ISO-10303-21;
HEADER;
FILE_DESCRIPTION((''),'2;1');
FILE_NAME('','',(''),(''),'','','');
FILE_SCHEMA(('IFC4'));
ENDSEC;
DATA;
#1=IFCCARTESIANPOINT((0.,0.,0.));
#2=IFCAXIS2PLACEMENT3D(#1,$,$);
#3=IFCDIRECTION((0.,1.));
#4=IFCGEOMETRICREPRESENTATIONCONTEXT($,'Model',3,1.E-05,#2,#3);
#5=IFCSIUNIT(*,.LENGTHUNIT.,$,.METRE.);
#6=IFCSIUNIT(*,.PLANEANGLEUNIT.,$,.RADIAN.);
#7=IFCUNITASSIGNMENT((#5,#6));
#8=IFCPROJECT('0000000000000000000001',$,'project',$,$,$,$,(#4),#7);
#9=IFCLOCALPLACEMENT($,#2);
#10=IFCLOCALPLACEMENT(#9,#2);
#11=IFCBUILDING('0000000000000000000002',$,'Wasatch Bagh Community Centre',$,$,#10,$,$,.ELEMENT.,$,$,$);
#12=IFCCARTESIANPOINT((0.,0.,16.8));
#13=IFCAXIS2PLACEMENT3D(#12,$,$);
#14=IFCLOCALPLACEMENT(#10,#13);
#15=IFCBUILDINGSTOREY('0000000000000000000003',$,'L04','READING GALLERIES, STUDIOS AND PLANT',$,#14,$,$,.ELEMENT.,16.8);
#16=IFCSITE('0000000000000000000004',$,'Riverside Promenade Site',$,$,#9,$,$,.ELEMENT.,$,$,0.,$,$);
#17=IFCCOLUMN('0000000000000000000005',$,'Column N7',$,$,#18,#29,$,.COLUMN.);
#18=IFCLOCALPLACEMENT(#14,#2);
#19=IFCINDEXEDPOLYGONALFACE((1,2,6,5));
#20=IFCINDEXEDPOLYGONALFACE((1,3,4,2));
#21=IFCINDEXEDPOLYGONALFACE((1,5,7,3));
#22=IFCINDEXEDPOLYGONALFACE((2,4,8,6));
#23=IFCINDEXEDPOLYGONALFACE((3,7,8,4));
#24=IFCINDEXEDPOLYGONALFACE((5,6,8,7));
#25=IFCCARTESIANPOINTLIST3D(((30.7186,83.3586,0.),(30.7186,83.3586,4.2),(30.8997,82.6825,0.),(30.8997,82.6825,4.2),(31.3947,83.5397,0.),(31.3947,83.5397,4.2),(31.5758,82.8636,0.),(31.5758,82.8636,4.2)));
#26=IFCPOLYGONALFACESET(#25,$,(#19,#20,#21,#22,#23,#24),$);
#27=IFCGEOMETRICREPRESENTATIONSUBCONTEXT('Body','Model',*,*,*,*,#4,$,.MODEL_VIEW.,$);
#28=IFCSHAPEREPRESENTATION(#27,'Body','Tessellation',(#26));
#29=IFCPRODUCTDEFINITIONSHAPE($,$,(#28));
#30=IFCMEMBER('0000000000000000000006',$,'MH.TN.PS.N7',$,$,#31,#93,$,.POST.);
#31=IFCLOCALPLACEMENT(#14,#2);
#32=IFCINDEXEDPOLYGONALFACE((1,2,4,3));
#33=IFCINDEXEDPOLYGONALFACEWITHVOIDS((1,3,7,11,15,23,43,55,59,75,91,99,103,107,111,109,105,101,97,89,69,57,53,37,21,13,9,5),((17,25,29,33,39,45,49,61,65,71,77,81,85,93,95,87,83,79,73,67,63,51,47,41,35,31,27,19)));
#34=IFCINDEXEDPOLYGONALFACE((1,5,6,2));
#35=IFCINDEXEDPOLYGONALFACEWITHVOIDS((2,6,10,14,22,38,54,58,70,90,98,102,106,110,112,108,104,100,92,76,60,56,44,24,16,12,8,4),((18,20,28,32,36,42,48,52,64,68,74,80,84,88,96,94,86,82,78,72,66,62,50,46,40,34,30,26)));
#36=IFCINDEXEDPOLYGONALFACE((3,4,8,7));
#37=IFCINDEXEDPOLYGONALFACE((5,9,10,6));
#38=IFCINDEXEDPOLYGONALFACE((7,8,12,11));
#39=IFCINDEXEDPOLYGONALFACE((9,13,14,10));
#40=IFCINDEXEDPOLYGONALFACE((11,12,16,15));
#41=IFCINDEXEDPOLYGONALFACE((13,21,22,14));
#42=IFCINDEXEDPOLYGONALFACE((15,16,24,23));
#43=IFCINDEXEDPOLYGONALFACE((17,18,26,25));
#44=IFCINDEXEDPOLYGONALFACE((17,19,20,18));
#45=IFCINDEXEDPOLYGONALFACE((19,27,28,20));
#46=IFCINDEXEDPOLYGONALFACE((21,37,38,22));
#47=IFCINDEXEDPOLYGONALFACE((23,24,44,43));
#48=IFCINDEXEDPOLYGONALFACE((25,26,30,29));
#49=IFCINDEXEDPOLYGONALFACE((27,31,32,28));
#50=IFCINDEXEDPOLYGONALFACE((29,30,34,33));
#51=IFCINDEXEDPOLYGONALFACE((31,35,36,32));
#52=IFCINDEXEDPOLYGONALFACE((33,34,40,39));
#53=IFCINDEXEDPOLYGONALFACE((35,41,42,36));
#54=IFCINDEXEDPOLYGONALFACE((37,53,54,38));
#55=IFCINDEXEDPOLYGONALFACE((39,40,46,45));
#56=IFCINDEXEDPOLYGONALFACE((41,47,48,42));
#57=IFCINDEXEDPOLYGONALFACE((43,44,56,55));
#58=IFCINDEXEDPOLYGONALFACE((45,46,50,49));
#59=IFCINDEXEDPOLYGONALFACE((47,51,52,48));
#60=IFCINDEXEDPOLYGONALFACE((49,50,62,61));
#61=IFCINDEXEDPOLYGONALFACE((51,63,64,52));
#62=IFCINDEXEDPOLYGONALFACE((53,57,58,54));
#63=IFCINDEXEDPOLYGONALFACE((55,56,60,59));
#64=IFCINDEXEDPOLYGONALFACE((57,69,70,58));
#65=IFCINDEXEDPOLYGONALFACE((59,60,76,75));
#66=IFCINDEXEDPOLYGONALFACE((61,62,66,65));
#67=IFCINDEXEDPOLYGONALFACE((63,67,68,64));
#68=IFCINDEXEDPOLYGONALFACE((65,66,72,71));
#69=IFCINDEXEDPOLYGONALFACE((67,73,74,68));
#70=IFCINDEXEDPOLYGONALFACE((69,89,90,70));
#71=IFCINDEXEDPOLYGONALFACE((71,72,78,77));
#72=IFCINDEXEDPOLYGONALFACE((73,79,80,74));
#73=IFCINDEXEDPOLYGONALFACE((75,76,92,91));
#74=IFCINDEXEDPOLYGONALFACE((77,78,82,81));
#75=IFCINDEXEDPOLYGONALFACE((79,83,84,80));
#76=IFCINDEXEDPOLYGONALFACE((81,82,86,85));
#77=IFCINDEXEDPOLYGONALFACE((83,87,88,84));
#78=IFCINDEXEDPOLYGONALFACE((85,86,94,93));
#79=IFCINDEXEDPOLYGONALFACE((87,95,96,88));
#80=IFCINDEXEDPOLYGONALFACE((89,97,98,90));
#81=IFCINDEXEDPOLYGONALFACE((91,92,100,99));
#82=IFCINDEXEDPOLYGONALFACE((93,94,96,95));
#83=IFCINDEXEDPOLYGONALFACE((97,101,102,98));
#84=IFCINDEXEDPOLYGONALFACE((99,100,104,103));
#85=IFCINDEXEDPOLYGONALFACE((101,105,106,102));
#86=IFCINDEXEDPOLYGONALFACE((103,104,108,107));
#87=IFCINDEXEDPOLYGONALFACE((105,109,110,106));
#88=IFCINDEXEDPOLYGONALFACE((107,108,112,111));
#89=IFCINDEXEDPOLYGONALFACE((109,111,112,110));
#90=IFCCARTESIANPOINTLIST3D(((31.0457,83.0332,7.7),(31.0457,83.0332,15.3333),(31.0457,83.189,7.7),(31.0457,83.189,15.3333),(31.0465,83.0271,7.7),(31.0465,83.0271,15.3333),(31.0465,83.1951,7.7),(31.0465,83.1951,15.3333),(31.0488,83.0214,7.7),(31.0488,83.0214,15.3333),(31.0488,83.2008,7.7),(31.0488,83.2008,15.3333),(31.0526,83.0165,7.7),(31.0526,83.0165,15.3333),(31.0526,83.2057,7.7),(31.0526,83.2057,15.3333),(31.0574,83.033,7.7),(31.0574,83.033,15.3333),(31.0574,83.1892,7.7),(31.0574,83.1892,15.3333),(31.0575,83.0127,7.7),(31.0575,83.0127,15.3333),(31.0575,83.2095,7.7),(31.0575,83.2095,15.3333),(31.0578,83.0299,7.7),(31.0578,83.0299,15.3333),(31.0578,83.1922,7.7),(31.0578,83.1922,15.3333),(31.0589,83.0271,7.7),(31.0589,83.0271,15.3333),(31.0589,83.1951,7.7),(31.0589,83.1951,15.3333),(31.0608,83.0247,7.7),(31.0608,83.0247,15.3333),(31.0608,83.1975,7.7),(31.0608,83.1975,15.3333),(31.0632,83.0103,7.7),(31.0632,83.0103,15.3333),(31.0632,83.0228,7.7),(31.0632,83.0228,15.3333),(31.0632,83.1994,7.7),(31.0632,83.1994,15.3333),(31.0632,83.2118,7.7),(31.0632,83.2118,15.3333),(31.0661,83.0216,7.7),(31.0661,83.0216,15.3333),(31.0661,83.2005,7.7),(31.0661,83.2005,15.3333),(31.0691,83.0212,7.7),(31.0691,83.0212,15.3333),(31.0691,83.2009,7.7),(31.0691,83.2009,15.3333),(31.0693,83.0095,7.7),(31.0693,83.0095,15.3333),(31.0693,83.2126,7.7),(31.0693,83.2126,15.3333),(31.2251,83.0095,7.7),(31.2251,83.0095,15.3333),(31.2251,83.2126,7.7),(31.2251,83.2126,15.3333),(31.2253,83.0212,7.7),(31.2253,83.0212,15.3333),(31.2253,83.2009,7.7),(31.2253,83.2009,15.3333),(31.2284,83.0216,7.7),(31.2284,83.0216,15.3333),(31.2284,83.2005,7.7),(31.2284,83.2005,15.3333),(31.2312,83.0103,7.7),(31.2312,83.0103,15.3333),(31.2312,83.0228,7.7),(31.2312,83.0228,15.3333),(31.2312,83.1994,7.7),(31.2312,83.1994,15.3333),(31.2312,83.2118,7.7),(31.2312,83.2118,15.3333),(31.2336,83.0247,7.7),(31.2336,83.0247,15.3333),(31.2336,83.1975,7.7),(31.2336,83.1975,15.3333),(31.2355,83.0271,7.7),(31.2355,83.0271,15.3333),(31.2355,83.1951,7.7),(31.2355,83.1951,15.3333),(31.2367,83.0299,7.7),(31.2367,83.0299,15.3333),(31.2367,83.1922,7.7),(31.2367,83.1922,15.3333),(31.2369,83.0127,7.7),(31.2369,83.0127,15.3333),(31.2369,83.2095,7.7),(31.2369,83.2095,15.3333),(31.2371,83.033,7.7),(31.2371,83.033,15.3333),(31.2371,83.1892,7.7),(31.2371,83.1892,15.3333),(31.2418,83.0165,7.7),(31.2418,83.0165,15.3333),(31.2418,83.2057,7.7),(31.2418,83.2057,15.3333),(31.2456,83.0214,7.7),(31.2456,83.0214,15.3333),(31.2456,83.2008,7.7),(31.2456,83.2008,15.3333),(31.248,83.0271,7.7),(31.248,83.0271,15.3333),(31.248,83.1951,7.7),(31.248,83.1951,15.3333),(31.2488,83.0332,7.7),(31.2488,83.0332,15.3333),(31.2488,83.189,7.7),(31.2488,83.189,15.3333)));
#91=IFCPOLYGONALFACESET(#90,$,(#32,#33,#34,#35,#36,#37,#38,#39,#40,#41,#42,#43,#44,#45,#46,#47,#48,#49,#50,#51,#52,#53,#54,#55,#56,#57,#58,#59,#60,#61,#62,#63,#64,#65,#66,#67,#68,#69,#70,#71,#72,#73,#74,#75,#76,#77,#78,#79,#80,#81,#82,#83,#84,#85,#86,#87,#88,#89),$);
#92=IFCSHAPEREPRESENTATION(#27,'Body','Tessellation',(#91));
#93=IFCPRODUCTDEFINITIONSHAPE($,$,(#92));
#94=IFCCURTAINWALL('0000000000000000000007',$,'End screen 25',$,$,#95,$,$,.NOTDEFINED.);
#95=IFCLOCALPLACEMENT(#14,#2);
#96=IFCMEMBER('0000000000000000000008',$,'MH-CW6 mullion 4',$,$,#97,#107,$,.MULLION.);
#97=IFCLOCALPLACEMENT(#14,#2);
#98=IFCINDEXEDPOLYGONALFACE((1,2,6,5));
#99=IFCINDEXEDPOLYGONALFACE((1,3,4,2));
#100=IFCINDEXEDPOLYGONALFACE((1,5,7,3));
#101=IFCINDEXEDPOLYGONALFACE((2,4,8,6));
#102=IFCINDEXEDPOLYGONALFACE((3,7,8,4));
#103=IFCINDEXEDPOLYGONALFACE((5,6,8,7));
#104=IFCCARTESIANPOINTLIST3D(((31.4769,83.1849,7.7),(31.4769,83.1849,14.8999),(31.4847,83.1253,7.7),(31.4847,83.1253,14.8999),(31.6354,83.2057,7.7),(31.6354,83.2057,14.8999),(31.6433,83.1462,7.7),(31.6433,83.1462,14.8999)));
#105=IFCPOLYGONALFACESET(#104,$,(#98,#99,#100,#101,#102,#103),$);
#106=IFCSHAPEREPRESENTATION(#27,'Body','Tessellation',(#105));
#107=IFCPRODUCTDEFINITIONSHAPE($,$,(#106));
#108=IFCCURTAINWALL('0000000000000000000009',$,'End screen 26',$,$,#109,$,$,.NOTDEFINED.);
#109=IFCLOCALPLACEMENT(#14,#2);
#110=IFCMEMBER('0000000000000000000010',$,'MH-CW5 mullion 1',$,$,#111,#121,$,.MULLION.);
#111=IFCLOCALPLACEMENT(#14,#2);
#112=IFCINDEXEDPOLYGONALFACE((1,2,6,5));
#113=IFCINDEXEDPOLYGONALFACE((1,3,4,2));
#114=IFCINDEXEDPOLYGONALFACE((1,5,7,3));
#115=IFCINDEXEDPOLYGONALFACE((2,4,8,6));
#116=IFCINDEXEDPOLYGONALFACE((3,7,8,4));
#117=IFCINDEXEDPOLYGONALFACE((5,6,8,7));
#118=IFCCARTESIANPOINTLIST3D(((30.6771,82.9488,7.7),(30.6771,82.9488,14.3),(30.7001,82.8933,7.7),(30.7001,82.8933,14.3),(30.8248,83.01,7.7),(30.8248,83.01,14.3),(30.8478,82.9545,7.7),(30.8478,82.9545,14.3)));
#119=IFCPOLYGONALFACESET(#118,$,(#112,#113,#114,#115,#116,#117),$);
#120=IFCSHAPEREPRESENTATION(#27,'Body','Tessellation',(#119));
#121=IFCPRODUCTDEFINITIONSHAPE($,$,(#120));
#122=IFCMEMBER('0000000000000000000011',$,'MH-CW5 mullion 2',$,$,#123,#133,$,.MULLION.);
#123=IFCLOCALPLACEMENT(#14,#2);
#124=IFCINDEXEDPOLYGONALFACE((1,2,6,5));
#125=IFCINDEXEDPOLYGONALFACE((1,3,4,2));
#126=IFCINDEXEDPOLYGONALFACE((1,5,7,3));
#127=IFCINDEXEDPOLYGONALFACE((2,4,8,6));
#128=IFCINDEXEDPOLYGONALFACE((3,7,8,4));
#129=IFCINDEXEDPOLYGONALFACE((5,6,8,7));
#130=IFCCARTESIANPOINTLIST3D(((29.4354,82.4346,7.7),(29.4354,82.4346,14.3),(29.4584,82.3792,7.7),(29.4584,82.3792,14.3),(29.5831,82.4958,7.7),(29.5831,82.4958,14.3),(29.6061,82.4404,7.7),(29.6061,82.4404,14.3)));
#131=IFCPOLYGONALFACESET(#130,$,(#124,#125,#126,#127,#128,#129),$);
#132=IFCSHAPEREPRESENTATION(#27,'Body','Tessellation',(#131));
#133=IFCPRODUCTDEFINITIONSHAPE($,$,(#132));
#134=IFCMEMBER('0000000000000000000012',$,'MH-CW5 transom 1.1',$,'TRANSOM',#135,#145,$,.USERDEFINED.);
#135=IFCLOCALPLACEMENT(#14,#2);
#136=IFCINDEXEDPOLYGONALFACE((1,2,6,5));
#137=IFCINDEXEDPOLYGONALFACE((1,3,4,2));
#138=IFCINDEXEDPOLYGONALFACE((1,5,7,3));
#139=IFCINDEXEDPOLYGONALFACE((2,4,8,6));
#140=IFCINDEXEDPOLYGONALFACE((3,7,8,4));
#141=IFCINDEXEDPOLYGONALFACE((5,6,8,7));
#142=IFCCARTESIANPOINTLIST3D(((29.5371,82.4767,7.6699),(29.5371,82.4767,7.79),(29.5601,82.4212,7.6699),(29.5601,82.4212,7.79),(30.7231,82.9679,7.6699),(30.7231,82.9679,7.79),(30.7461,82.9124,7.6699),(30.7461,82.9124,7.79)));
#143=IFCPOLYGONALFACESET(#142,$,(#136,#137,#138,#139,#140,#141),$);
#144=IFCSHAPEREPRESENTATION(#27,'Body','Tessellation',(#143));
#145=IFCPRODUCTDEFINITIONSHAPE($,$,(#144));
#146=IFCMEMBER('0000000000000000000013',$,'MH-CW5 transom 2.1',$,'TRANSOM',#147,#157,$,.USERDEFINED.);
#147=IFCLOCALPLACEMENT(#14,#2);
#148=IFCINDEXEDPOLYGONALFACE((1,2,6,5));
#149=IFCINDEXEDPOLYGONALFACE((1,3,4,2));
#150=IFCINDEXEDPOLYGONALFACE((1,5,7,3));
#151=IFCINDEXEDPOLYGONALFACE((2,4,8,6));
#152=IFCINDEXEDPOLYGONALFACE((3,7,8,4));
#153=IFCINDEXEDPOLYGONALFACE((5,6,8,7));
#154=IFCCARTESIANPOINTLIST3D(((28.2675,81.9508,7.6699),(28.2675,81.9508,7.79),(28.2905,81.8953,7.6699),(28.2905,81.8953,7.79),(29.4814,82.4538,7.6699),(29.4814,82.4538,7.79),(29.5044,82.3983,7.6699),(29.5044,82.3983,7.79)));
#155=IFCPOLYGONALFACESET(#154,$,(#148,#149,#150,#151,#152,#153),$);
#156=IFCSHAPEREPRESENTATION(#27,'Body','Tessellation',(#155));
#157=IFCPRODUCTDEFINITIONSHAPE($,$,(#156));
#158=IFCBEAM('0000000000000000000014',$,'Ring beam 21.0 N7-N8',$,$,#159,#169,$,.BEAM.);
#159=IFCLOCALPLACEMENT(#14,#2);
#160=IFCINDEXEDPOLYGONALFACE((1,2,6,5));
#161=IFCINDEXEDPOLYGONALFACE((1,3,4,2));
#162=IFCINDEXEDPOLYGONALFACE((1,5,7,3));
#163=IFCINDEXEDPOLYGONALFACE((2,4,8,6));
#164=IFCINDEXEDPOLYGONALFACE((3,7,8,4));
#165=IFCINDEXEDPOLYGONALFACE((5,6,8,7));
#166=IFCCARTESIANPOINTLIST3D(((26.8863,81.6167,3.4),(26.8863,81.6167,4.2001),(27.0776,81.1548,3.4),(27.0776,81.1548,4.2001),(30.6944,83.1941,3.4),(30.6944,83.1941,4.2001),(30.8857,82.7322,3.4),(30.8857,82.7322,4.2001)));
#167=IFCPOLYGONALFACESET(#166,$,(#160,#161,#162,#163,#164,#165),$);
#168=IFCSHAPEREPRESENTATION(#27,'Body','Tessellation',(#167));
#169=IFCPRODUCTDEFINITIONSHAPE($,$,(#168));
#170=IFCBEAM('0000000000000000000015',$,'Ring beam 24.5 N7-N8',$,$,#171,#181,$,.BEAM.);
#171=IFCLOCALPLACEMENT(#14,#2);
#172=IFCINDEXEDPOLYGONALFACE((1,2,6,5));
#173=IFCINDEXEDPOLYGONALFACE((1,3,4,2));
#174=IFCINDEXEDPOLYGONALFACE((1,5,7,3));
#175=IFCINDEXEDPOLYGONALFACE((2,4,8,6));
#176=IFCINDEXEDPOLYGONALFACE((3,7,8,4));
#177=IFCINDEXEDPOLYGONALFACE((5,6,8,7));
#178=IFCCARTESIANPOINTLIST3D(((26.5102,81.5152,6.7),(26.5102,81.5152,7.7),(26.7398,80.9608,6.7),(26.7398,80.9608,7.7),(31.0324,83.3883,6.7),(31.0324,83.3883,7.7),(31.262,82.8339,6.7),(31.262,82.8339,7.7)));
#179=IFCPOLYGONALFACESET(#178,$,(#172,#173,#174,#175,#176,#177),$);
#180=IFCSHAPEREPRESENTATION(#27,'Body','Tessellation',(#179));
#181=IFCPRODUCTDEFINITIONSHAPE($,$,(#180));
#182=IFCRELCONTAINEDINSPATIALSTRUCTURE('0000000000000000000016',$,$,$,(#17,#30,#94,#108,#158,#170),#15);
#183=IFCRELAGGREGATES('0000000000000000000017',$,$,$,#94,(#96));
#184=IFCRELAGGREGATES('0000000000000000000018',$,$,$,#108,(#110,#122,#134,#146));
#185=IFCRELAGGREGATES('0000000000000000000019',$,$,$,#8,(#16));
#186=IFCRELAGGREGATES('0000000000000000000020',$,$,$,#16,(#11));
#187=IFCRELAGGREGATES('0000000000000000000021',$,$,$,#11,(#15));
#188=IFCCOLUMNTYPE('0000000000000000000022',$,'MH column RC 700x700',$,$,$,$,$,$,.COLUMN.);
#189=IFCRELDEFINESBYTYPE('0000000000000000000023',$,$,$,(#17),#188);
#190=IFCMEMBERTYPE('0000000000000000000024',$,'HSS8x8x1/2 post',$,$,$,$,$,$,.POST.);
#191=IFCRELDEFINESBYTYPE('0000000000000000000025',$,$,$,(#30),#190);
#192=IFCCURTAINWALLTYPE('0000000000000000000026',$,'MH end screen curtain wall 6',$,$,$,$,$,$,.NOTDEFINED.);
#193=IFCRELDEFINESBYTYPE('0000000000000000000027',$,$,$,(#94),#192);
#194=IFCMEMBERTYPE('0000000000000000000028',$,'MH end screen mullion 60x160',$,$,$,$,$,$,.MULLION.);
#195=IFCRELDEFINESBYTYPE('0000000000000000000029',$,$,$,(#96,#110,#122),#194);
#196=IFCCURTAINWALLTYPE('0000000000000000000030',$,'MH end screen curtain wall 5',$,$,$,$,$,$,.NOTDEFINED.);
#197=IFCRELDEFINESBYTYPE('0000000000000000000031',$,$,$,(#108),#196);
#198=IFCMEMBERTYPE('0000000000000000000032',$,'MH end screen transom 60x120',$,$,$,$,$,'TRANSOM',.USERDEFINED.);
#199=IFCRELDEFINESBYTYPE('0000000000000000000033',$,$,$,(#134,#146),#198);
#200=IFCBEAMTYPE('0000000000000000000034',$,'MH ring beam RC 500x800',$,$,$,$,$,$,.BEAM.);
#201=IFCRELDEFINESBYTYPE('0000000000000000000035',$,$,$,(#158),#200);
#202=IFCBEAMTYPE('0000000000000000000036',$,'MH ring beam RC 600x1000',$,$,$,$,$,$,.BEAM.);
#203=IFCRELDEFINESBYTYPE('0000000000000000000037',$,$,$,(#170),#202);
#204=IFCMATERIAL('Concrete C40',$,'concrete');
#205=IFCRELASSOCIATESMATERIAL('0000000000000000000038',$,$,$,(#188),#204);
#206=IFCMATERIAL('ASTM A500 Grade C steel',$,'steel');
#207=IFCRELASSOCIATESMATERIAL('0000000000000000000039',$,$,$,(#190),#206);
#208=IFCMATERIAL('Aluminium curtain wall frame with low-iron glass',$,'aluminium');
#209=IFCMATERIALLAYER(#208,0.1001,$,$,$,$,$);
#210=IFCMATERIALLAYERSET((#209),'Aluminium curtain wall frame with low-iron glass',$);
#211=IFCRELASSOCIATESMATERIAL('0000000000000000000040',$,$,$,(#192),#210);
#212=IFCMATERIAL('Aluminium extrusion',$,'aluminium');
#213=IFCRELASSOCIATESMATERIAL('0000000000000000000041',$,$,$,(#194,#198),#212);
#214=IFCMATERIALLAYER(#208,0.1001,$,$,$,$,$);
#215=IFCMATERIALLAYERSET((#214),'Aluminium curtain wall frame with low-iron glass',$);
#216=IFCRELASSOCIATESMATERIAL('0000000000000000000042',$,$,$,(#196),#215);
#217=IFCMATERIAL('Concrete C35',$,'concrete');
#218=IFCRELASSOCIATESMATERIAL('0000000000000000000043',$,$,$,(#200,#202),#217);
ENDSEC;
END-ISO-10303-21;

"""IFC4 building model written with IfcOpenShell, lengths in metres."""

from ifc_helpers import new_model, si_unit, direction, frame, origin, origin_2d, place, context, subcontext, project, spatial, rectangle, hollow_rectangle, extrude, material, layer, layer_set, material_profile, profile_set, type_object, element, aggregate, save


model = new_model("IFC4")

# Units and contexts
model_context = context("Model", 3, precision=1e-05, world=origin(), true_north=direction((0.0, 1.0)))
body_context = subcontext(model_context, "Body", "Model", "MODEL_VIEW")
ifc_project = project(units=[si_unit("LENGTHUNIT", "METRE"), si_unit("PLANEANGLEUNIT", "RADIAN")], contexts=[model_context])

# Site, building, storey
site_placement = place(None, origin())
site = spatial("IfcSite", under=ifc_project, at=site_placement, Name="Riverside Promenade Site", CompositionType="ELEMENT", RefElevation=0.0)
building_placement = place(site_placement, origin())
building = spatial("IfcBuilding", under=site, at=building_placement, Name="Wasatch Bagh Community Centre", CompositionType="ELEMENT")
storey_placement = place(building_placement, frame((0.0, 0.0, 16.8)))
storey = spatial("IfcBuildingStorey", under=building, at=storey_placement, Name="L04", Description="READING GALLERIES, STUDIOS AND PLANT", CompositionType="ELEMENT", Elevation=16.8)

# Column
ifc_material_1 = material(Name="Concrete C40", Category="concrete")
ifc_material_profile_1 = material_profile(ifc_material_1, rectangle(XDim=0.7, YDim=0.7, at=origin_2d()), Name="RC 700x700")
ifc_profile_set_1 = profile_set([ifc_material_profile_1], Name="Concrete C40")
column_type = type_object("IfcColumnType", Name="MH column RC 700x700", PredefinedType="COLUMN", material=ifc_profile_set_1)
column_placement = place(storey_placement, frame((31.1472, 83.1111, 0.0), z_axis=(0.0, 0.0, 1.0), x_axis=(0.965926, 0.258819, 0.0)))
element("IfcColumn", 1, at=column_placement, inside=storey, type_object=column_type, Name="Column N7", PredefinedType="COLUMN", context=body_context, shape_type="SweptSolid", body=[
    extrude(rectangle(XDim=0.7, YDim=0.7, at=origin_2d()), origin(), (0.0, 0.0, 1.0), 4.2),
])

# Member
ifc_material_2 = material(Name="ASTM A500 Grade C steel", Category="steel")
ifc_material_profile_2 = material_profile(ifc_material_2, hollow_rectangle(XDim=0.2031, YDim=0.2031, WallThickness=0.0117, InnerFilletRadius=0.0117, OuterFilletRadius=0.0237, at=origin_2d()), Name="HSS8x8x1/2")
ifc_profile_set_2 = profile_set([ifc_material_profile_2], Name="ASTM A500 Grade C steel")
member_type_1 = type_object("IfcMemberType", Name="HSS8x8x1/2 post", PredefinedType="POST", material=ifc_profile_set_2)
member_1_placement = place(storey_placement, frame((31.1472, 83.1111, 7.7), z_axis=(0.0, 0.0, 1.0), x_axis=(1.0, 0.0, 0.0)))
element("IfcMember", 2, at=member_1_placement, inside=storey, type_object=member_type_1, Name="MH.TN.PS.N7", PredefinedType="POST", context=body_context, shape_type="SweptSolid", body=[
    extrude(hollow_rectangle(XDim=0.2031, YDim=0.2031, WallThickness=0.0117, InnerFilletRadius=0.0117, OuterFilletRadius=0.0237, at=origin_2d()), origin(), (0.0, 0.0, 1.0), 7.6333),
])

# Curtain wall, member
ifc_material_3 = material(Name="Aluminium curtain wall frame with low-iron glass", Category="aluminium")
ifc_layer_1 = layer(ifc_material_3, 0.1001)
ifc_layer_set_1 = layer_set([ifc_layer_1], Name="Aluminium curtain wall frame with low-iron glass")
curtain_wall_type_1 = type_object("IfcCurtainWallType", Name="MH end screen curtain wall 6", PredefinedType="NOTDEFINED", material=ifc_layer_set_1)
curtain_wall_1_placement = place(storey_placement, origin())
curtain_wall_1 = element("IfcCurtainWall", 3, at=curtain_wall_1_placement, inside=storey, type_object=curtain_wall_type_1, Name="End screen 25", PredefinedType="NOTDEFINED")
ifc_material_4 = material(Name="Aluminium extrusion", Category="aluminium")
ifc_material_profile_3 = material_profile(ifc_material_4, rectangle(XDim=0.0601, YDim=0.1599, at=origin_2d()), Name="AL 60x160")
ifc_profile_set_3 = profile_set([ifc_material_profile_3], Name="Aluminium extrusion")
member_type_2 = type_object("IfcMemberType", Name="MH end screen mullion 60x160", PredefinedType="MULLION", material=ifc_profile_set_3)
member_2_placement = place(storey_placement, frame((31.5601, 83.1655, 7.7), z_axis=(0.0, 0.0, 1.0), x_axis=(0.130526, -0.991445, 0.0)))
member_2 = element("IfcMember", 4, at=member_2_placement, type_object=member_type_2, Name="MH-CW6 mullion 4", PredefinedType="MULLION", context=body_context, shape_type="SweptSolid", body=[
    extrude(rectangle(XDim=0.0601, YDim=0.1599, at=origin_2d()), origin(), (0.0, 0.0, 1.0), 7.2),
])

# Curtain wall, members
ifc_layer_2 = layer(ifc_material_3, 0.1001)
ifc_layer_set_2 = layer_set([ifc_layer_2], Name="Aluminium curtain wall frame with low-iron glass")
curtain_wall_type_2 = type_object("IfcCurtainWallType", Name="MH end screen curtain wall 5", PredefinedType="NOTDEFINED", material=ifc_layer_set_2)
curtain_wall_2_placement = place(storey_placement, origin())
curtain_wall_2 = element("IfcCurtainWall", 5, at=curtain_wall_2_placement, inside=storey, type_object=curtain_wall_type_2, Name="End screen 26", PredefinedType="NOTDEFINED")
member_3_placement = place(storey_placement, frame((30.7625, 82.9517, 7.7), z_axis=(0.0, 0.0, 1.0), x_axis=(0.382683, -0.92388, 0.0)))
member_3 = element("IfcMember", 6, at=member_3_placement, type_object=member_type_2, Name="MH-CW5 mullion 1", PredefinedType="MULLION", context=body_context, shape_type="SweptSolid", body=[
    extrude(rectangle(XDim=0.0601, YDim=0.1599, at=origin_2d()), origin(), (0.0, 0.0, 1.0), 6.6001),
])
member_4_placement = place(storey_placement, frame((29.5208, 82.4375, 7.7), z_axis=(0.0, 0.0, 1.0), x_axis=(0.382683, -0.92388, 0.0)))
member_4 = element("IfcMember", 7, at=member_4_placement, type_object=member_type_2, Name="MH-CW5 mullion 2", PredefinedType="MULLION", context=body_context, shape_type="SweptSolid", body=[
    extrude(rectangle(XDim=0.0601, YDim=0.1599, at=origin_2d()), origin(), (0.0, 0.0, 1.0), 6.6001),
])
ifc_material_profile_4 = material_profile(ifc_material_4, rectangle(XDim=0.0601, YDim=0.1201, at=origin_2d()), Name="AL 60x120")
ifc_profile_set_4 = profile_set([ifc_material_profile_4], Name="Aluminium extrusion")
member_type_3 = type_object("IfcMemberType", Name="MH end screen transom 60x120", ElementType="TRANSOM", PredefinedType="USERDEFINED", material=ifc_profile_set_4)
member_5_placement = place(storey_placement, frame((30.7346, 82.9402, 7.73), z_axis=(-0.923896, -0.382643, 0.0), x_axis=(0.382643, -0.923896, 0.0)))
member_5 = element("IfcMember", 8, at=member_5_placement, type_object=member_type_3, Name="MH-CW5 transom 1.1", ObjectType="TRANSOM", PredefinedType="USERDEFINED", context=body_context, shape_type="SweptSolid", body=[
    extrude(rectangle(XDim=0.0601, YDim=0.1201, at=origin_2d()), origin(), (0.0, 0.0, 1.0), 1.2837),
])
member_6_placement = place(storey_placement, frame((29.4929, 82.426, 7.73), z_axis=(-0.923845, -0.382768, 0.0), x_axis=(0.382768, -0.923845, 0.0)))
member_6 = element("IfcMember", 9, at=member_6_placement, type_object=member_type_3, Name="MH-CW5 transom 2.1", ObjectType="TRANSOM", PredefinedType="USERDEFINED", context=body_context, shape_type="SweptSolid", body=[
    extrude(rectangle(XDim=0.0601, YDim=0.1201, at=origin_2d()), origin(), (0.0, 0.0, 1.0), 1.314),
])

# Beams
ifc_material_5 = material(Name="Concrete C35", Category="concrete")
ifc_material_profile_5 = material_profile(ifc_material_5, rectangle(XDim=0.5, YDim=0.8, at=origin_2d()), Name="RC 500x800")
ifc_profile_set_5 = profile_set([ifc_material_profile_5], Name="Concrete C35")
beam_type_1 = type_object("IfcBeamType", Name="MH ring beam RC 500x800", PredefinedType="BEAM", material=ifc_profile_set_5)
beam_1_placement = place(storey_placement, frame((30.79, 82.9631, 3.8), z_axis=(-0.923878, -0.382688, 0.0), x_axis=(0.382688, -0.923878, 0.0)))
element("IfcBeam", 10, at=beam_1_placement, inside=storey, type_object=beam_type_1, Name="Ring beam 21.0 N7-N8", PredefinedType="BEAM", context=body_context, shape_type="SweptSolid", body=[
    extrude(rectangle(XDim=0.5, YDim=0.8, at=origin_2d()), origin(), (0.0, 0.0, 1.0), 4.1218),
])
ifc_material_profile_6 = material_profile(ifc_material_5, rectangle(XDim=0.6001, YDim=1.0, at=origin_2d()), Name="RC 600x1000")
ifc_profile_set_6 = profile_set([ifc_material_profile_6], Name="Concrete C35")
beam_type_2 = type_object("IfcBeamType", Name="MH ring beam RC 600x1000", PredefinedType="BEAM", material=ifc_profile_set_6)
beam_2_placement = place(storey_placement, frame((31.1472, 83.1111, 7.2), z_axis=(-0.923888, -0.382663, 0.0), x_axis=(0.382663, -0.923888, 0.0)))
element("IfcBeam", 11, at=beam_2_placement, inside=storey, type_object=beam_type_2, Name="Ring beam 24.5 N7-N8", PredefinedType="BEAM", context=body_context, shape_type="SweptSolid", body=[
    extrude(rectangle(XDim=0.6001, YDim=1.0, at=origin_2d()), origin(), (0.0, 0.0, 1.0), 4.8948),
])

aggregate(curtain_wall_1, [member_2])
aggregate(curtain_wall_2, [member_3, member_4, member_5, member_6])

save(model, "model.ifc")
